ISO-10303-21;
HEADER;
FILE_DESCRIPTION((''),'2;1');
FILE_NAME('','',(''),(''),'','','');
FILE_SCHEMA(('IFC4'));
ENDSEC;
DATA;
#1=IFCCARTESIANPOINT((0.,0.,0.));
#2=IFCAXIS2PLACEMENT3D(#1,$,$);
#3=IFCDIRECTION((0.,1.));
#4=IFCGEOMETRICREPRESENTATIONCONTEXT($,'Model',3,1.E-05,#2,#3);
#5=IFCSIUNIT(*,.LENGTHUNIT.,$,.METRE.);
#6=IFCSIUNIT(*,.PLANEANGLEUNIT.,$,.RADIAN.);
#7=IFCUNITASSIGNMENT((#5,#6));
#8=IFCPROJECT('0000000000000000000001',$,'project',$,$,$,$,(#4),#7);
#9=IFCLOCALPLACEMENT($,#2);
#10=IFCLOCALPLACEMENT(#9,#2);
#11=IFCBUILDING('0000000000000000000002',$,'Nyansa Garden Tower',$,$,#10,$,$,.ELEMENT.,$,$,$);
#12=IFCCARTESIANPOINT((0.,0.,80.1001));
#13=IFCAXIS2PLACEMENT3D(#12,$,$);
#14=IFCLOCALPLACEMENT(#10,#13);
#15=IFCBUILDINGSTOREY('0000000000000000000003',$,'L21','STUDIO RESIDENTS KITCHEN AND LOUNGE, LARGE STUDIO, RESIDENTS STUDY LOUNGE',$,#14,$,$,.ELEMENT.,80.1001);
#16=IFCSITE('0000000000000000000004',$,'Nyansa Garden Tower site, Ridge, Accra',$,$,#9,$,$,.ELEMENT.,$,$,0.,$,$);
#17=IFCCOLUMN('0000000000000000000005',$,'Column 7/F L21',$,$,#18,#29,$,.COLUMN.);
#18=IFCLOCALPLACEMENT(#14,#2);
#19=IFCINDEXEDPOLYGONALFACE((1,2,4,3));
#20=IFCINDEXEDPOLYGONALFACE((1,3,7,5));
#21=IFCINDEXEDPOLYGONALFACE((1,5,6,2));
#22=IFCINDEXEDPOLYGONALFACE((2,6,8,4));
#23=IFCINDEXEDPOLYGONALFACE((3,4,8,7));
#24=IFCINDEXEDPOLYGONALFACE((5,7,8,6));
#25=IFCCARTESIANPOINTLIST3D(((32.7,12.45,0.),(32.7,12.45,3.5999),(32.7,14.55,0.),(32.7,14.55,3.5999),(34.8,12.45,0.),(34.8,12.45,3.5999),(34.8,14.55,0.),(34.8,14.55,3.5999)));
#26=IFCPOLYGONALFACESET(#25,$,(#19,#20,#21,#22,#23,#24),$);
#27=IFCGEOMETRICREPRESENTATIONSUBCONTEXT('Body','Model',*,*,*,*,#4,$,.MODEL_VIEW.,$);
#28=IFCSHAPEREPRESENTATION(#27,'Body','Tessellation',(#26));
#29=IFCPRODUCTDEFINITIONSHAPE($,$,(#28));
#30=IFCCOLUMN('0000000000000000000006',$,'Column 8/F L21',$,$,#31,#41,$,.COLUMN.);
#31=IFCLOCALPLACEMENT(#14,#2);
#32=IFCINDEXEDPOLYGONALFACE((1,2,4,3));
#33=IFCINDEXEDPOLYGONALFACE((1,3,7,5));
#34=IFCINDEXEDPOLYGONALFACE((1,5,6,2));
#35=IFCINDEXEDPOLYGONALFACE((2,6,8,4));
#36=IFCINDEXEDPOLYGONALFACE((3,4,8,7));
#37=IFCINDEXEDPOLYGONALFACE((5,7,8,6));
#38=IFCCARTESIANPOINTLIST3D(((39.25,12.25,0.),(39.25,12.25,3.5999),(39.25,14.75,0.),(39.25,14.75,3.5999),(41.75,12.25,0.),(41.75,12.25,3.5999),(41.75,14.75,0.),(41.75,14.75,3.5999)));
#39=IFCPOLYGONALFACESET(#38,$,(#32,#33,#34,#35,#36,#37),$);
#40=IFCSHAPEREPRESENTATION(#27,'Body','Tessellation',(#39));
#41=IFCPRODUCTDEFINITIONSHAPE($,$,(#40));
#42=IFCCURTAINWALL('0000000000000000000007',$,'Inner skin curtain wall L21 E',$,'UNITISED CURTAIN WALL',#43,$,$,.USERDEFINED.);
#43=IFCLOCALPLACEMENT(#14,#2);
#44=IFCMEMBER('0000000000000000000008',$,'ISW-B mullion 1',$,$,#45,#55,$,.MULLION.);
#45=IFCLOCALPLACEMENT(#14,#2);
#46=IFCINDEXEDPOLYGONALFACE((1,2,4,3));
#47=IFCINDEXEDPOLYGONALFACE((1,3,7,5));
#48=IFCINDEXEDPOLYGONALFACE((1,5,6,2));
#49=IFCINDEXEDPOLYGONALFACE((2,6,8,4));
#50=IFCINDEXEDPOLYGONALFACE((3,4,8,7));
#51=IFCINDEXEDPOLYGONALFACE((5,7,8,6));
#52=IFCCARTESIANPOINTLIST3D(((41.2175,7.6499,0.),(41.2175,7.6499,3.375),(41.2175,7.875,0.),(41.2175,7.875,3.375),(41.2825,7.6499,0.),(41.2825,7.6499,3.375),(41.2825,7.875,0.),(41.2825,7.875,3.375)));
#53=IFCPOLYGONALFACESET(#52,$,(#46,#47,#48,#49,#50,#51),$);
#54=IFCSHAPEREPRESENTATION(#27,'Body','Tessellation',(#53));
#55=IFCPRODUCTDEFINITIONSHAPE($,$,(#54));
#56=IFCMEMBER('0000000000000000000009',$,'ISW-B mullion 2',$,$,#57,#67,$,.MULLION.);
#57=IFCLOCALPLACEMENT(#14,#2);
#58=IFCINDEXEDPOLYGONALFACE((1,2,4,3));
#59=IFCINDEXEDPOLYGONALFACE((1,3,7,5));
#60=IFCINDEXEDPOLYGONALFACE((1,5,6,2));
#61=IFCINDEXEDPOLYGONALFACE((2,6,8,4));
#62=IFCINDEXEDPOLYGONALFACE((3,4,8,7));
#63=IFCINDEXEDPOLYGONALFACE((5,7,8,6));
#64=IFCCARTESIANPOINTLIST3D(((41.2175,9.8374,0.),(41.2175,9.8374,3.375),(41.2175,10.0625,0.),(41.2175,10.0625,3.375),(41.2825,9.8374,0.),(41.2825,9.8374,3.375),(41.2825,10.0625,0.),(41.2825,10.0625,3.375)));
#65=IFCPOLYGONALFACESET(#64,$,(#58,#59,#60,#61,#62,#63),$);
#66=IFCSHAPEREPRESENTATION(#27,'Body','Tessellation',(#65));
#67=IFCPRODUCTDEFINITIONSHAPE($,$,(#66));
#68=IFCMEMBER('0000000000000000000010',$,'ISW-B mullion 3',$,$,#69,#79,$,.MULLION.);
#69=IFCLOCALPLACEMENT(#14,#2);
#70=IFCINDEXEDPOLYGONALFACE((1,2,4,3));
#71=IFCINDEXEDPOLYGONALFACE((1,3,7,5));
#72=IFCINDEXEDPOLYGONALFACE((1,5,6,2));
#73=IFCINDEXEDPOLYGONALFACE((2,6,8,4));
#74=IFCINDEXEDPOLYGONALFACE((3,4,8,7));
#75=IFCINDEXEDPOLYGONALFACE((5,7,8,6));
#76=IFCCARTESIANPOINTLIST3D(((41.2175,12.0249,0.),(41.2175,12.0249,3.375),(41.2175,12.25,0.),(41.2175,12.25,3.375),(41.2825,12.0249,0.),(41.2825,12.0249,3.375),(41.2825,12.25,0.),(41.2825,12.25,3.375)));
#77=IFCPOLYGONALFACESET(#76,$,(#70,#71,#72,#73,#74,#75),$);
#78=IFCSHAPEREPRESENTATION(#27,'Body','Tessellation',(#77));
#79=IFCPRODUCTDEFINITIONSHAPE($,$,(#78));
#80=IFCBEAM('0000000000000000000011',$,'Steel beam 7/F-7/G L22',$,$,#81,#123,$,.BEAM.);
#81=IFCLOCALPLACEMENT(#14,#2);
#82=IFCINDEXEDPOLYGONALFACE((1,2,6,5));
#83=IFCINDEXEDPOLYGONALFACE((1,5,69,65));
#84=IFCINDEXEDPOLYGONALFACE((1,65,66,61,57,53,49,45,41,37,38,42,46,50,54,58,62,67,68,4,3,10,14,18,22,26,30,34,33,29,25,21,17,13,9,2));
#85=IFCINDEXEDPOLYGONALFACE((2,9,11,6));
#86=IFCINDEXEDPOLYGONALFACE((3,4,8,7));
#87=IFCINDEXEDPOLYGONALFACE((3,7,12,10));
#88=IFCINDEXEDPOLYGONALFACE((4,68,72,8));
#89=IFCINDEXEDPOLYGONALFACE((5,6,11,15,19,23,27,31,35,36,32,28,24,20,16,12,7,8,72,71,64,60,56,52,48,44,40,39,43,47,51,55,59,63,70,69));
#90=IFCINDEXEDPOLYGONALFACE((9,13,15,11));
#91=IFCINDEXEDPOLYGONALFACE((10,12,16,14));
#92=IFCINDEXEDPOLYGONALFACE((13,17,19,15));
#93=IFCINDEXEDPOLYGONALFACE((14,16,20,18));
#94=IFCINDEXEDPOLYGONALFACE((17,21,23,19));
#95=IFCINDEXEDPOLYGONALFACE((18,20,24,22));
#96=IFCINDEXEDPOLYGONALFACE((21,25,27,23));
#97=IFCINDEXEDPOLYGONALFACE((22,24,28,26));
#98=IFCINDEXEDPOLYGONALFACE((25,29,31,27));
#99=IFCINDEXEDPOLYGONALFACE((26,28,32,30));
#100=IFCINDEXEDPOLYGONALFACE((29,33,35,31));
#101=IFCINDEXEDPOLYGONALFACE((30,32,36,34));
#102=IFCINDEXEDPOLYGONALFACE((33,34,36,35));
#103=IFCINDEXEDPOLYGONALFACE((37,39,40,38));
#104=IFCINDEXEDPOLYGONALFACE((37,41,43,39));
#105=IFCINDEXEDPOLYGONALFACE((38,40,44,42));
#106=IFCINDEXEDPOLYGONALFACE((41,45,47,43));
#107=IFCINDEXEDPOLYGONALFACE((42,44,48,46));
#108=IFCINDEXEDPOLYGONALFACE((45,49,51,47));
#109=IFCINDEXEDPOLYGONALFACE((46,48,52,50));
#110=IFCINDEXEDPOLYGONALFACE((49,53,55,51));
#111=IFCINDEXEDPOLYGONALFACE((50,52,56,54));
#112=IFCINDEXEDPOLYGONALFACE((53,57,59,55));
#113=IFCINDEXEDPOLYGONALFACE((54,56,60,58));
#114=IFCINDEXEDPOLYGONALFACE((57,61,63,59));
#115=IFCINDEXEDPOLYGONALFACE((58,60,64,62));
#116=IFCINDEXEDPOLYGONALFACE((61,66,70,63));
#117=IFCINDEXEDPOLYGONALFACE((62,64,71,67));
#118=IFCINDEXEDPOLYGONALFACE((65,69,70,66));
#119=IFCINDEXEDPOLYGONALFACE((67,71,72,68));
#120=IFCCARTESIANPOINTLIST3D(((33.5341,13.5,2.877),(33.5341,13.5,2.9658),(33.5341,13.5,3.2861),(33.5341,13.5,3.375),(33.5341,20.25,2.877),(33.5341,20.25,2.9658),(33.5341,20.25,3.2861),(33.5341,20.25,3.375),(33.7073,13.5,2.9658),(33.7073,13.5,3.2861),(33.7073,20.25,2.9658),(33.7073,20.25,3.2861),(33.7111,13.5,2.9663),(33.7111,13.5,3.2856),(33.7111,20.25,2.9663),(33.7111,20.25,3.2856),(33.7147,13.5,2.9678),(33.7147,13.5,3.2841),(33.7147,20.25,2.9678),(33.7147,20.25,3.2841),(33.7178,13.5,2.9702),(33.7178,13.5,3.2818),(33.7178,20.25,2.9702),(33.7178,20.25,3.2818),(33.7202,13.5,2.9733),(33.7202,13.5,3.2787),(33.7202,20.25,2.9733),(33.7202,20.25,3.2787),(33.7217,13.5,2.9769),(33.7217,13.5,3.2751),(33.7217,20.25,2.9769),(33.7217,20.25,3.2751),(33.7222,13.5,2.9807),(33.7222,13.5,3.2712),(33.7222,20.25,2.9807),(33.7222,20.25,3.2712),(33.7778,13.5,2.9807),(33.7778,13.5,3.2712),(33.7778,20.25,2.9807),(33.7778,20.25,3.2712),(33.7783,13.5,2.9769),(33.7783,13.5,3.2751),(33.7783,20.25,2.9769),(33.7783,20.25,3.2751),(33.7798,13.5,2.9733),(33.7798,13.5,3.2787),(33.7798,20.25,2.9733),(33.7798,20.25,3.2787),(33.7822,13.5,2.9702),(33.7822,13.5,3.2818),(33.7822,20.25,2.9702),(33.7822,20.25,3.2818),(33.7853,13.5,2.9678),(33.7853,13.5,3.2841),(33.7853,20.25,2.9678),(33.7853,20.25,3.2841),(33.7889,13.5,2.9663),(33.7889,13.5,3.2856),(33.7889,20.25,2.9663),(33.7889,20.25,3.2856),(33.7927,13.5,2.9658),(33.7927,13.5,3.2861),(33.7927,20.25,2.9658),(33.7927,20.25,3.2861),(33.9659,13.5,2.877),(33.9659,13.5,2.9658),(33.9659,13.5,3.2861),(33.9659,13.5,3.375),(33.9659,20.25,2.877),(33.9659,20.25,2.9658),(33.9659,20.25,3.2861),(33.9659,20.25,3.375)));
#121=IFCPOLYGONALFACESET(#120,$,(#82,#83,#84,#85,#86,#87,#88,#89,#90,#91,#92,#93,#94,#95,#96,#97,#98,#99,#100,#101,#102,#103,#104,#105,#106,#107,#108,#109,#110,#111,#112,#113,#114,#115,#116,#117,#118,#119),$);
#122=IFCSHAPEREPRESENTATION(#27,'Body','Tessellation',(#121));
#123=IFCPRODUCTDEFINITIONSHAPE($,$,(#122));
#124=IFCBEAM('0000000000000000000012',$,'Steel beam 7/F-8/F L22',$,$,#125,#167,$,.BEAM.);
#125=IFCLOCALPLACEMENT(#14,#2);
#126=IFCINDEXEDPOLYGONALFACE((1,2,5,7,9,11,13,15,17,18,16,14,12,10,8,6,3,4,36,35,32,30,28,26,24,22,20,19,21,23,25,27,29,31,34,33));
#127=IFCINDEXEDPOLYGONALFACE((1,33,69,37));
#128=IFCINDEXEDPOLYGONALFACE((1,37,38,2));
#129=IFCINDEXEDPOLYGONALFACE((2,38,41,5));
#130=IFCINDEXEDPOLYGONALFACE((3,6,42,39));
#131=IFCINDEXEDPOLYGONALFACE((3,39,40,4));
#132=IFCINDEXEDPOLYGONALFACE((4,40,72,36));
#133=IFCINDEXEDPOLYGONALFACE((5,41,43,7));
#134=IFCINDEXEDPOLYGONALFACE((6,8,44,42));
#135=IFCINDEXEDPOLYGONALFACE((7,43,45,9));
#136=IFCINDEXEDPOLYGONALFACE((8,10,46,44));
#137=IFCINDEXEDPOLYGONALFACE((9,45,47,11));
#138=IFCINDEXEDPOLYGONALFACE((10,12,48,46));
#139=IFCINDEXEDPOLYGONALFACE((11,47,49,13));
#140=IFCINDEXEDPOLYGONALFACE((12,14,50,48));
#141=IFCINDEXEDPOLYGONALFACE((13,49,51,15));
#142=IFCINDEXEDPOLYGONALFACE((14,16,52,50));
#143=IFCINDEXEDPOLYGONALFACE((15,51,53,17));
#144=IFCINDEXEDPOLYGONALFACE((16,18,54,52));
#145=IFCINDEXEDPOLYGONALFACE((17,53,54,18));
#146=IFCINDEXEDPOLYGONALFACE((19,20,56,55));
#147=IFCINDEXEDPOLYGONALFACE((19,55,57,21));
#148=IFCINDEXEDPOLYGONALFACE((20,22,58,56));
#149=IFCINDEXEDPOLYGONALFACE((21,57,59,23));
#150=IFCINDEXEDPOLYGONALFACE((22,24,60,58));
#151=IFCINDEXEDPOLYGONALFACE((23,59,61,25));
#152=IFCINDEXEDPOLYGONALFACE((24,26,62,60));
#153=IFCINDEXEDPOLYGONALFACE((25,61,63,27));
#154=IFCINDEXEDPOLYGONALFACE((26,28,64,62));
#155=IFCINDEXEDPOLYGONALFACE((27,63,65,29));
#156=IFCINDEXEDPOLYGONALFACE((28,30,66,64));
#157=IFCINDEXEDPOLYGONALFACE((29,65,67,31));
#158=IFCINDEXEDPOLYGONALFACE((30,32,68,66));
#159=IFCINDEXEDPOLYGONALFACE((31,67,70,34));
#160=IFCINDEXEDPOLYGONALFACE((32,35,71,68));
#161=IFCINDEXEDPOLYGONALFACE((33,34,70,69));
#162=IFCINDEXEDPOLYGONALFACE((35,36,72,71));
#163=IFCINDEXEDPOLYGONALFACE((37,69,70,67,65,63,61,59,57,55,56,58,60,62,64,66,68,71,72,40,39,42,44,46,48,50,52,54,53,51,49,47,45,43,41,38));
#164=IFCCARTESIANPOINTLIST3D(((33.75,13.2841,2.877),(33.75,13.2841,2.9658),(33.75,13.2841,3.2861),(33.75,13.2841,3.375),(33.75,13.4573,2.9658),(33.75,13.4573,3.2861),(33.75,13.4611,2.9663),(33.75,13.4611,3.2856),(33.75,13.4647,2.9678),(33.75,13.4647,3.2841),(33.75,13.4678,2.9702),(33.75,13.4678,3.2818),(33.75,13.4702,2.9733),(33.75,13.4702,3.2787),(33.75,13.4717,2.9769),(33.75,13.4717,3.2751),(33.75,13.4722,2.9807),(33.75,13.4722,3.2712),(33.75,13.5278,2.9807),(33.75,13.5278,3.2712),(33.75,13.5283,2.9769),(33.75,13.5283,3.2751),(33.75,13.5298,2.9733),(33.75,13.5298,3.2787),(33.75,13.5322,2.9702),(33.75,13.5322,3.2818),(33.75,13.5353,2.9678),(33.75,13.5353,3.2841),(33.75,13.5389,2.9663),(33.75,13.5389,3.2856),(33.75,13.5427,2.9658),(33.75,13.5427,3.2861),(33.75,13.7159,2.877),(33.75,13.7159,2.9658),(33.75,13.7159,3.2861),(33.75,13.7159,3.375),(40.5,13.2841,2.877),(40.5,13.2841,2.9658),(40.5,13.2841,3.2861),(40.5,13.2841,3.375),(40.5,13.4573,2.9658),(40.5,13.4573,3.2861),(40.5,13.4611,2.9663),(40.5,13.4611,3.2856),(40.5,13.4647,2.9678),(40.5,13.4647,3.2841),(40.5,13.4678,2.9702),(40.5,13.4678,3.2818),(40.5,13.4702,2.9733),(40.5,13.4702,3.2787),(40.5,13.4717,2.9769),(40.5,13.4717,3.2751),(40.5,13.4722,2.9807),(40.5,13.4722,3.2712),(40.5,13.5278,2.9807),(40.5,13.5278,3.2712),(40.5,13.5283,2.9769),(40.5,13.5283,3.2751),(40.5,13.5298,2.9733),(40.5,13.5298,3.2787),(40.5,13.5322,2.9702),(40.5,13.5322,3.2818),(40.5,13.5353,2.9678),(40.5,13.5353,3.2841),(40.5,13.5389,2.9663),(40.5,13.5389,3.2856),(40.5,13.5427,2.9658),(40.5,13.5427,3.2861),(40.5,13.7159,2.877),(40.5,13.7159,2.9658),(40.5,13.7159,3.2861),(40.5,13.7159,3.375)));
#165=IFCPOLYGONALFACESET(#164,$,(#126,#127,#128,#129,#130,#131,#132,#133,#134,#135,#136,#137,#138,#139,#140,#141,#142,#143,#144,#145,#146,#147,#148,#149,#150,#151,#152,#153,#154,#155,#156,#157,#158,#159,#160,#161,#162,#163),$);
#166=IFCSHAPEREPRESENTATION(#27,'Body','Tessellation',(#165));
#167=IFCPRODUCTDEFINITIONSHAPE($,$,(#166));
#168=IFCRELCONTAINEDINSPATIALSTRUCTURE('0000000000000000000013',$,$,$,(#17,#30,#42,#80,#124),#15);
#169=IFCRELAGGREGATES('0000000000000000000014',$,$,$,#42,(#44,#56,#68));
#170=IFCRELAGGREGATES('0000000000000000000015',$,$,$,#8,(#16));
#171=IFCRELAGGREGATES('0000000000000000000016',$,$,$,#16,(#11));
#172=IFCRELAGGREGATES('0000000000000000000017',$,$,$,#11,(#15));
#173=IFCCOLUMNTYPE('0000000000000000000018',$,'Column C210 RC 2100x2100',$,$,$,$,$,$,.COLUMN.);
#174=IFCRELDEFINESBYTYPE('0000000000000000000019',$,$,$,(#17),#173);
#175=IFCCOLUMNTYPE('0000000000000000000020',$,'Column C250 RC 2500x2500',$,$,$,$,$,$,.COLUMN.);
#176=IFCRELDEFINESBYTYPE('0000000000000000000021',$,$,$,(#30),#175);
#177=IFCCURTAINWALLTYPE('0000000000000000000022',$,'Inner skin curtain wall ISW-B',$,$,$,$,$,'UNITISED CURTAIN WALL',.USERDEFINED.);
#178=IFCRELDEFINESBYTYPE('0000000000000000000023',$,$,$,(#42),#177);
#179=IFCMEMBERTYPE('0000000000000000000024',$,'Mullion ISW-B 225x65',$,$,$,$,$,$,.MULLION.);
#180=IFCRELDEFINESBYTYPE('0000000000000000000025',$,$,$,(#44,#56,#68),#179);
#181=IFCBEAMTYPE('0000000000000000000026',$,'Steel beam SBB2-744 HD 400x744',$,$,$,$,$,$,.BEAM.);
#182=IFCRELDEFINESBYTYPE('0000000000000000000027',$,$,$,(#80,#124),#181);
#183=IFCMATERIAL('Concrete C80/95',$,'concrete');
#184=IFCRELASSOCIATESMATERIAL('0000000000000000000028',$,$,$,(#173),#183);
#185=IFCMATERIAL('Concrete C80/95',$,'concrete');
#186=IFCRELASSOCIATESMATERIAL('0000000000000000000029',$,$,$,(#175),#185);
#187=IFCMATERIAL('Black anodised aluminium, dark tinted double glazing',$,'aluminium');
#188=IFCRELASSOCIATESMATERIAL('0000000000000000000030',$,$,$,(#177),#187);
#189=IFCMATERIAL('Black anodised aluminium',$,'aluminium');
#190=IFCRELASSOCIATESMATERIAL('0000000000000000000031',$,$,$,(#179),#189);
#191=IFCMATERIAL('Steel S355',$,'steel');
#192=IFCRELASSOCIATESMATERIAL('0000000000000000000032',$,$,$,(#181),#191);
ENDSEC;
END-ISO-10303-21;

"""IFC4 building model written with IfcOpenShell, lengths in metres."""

from ifc_helpers import new_model, si_unit, direction, frame, origin, origin_2d, place, context, subcontext, project, spatial, rectangle, i_section, extrude, material, material_profile, profile_set, type_object, element, aggregate, save


model = new_model("IFC4")

# Units and contexts
model_context = context("Model", 3, precision=1e-05, world=origin(), true_north=direction((0.0, 1.0)))
body_context = subcontext(model_context, "Body", "Model", "MODEL_VIEW")
ifc_project = project(units=[si_unit("LENGTHUNIT", "METRE"), si_unit("PLANEANGLEUNIT", "RADIAN")], contexts=[model_context])

# Site, building, storey
site_placement = place(None, origin())
site = spatial("IfcSite", under=ifc_project, at=site_placement, Name="Nyansa Garden Tower site, Ridge, Accra", CompositionType="ELEMENT", RefElevation=0.0)
building_placement = place(site_placement, origin())
building = spatial("IfcBuilding", under=site, at=building_placement, Name="Nyansa Garden Tower", CompositionType="ELEMENT")
storey_placement = place(building_placement, frame((0.0, 0.0, 80.1001)))
storey = spatial("IfcBuildingStorey", under=building, at=storey_placement, Name="L21", Description="STUDIO RESIDENTS KITCHEN AND LOUNGE, LARGE STUDIO, RESIDENTS STUDY LOUNGE", CompositionType="ELEMENT", Elevation=80.1001)

# Columns
ifc_material_1 = material(Name="Concrete C80/95", Category="concrete")
ifc_material_profile_1 = material_profile(ifc_material_1, rectangle(XDim=2.1001, YDim=2.1001, at=origin_2d()), Name="RC 2100x2100")
ifc_profile_set_1 = profile_set([ifc_material_profile_1], Name="Concrete C80/95")
column_type_1 = type_object("IfcColumnType", Name="Column C210 RC 2100x2100", PredefinedType="COLUMN", material=ifc_profile_set_1)
column_1_placement = place(storey_placement, frame((33.75, 13.5, 0.0), z_axis=(0.0, 0.0, 1.0), x_axis=(1.0, 0.0, 0.0)))
element("IfcColumn", 1, at=column_1_placement, inside=storey, type_object=column_type_1, Name="Column 7/F L21", PredefinedType="COLUMN", context=body_context, shape_type="SweptSolid", body=[
    extrude(rectangle(XDim=2.1001, YDim=2.1001, at=origin_2d()), origin(), (0.0, 0.0, 1.0), 3.5999),
])
ifc_material_2 = material(Name="Concrete C80/95", Category="concrete")
ifc_material_profile_2 = material_profile(ifc_material_2, rectangle(XDim=2.5, YDim=2.5, at=origin_2d()), Name="RC 2500x2500")
ifc_profile_set_2 = profile_set([ifc_material_profile_2], Name="Concrete C80/95")
column_type_2 = type_object("IfcColumnType", Name="Column C250 RC 2500x2500", PredefinedType="COLUMN", material=ifc_profile_set_2)
column_2_placement = place(storey_placement, frame((40.5, 13.5, 0.0), z_axis=(0.0, 0.0, 1.0), x_axis=(1.0, 0.0, 0.0)))
element("IfcColumn", 2, at=column_2_placement, inside=storey, type_object=column_type_2, Name="Column 8/F L21", PredefinedType="COLUMN", context=body_context, shape_type="SweptSolid", body=[
    extrude(rectangle(XDim=2.5, YDim=2.5, at=origin_2d()), origin(), (0.0, 0.0, 1.0), 3.5999),
])

# Curtain wall, members
ifc_material_3 = material(Name="Black anodised aluminium, dark tinted double glazing", Category="aluminium")
curtain_wall_type = type_object("IfcCurtainWallType", Name="Inner skin curtain wall ISW-B", ElementType="UNITISED CURTAIN WALL", PredefinedType="USERDEFINED", material=ifc_material_3)
curtain_wall_placement = place(storey_placement, origin())
curtain_wall = element("IfcCurtainWall", 3, at=curtain_wall_placement, inside=storey, type_object=curtain_wall_type, Name="Inner skin curtain wall L21 E", ObjectType="UNITISED CURTAIN WALL", PredefinedType="USERDEFINED")
ifc_material_4 = material(Name="Black anodised aluminium", Category="aluminium")
ifc_material_profile_3 = material_profile(ifc_material_4, rectangle(XDim=0.0649, YDim=0.2251, at=origin_2d()), Name="Mullion 225x65")
ifc_profile_set_3 = profile_set([ifc_material_profile_3], Name="Black anodised aluminium")
member_type_1 = type_object("IfcMemberType", Name="Mullion ISW-B 225x65", PredefinedType="MULLION", material=ifc_profile_set_3)
member_1_placement = place(storey_placement, frame((41.25, 7.7625, 0.0), z_axis=(0.0, 0.0, 1.0), x_axis=(-1.0, 0.0, 0.0)))
member_1 = element("IfcMember", 4, at=member_1_placement, type_object=member_type_1, Name="ISW-B mullion 1", PredefinedType="MULLION", context=body_context, shape_type="SweptSolid", body=[
    extrude(rectangle(XDim=0.0649, YDim=0.2251, at=origin_2d()), origin(), (0.0, 0.0, 1.0), 3.375),
])
member_2_placement = place(storey_placement, frame((41.25, 9.95, 0.0), z_axis=(0.0, 0.0, 1.0), x_axis=(-1.0, 0.0, 0.0)))
member_2 = element("IfcMember", 5, at=member_2_placement, type_object=member_type_1, Name="ISW-B mullion 2", PredefinedType="MULLION", context=body_context, shape_type="SweptSolid", body=[
    extrude(rectangle(XDim=0.0649, YDim=0.2251, at=origin_2d()), origin(), (0.0, 0.0, 1.0), 3.375),
])
member_3_placement = place(storey_placement, frame((41.25, 12.1375, 0.0), z_axis=(0.0, 0.0, 1.0), x_axis=(-1.0, 0.0, 0.0)))
member_3 = element("IfcMember", 6, at=member_3_placement, type_object=member_type_1, Name="ISW-B mullion 3", PredefinedType="MULLION", context=body_context, shape_type="SweptSolid", body=[
    extrude(rectangle(XDim=0.0649, YDim=0.2251, at=origin_2d()), origin(), (0.0, 0.0, 1.0), 3.375),
])

# Beams
ifc_material_5 = material(Name="Steel S355", Category="steel")
ifc_material_profile_4 = material_profile(ifc_material_5, i_section(OverallWidth=0.4319, OverallDepth=0.498, WebThickness=0.0557, FlangeThickness=0.0889, FilletRadius=0.0149, at=origin_2d()), Name="HD 400x744")
ifc_profile_set_4 = profile_set([ifc_material_profile_4], Name="Steel S355")
beam_type_1 = type_object("IfcBeamType", Name="Steel beam SBB2-744 HD 400x744", PredefinedType="BEAM", material=ifc_profile_set_4)
for number, where, z_axis, x_axis, name in (
    (7, (33.75, 13.5, 3.126), (0.0, 1.0, 0.0), (-1.0, 0.0, 0.0), "Steel beam 7/F-7/G L22"),
    (8, (33.75, 13.5, 3.126), (1.0, 0.0, 0.0), (0.0, 1.0, 0.0), "Steel beam 7/F-8/F L22"),
):
    element("IfcBeam", number, at=place(storey_placement, frame(where, z_axis=z_axis, x_axis=x_axis)), inside=storey, type_object=beam_type_1, Name=name, PredefinedType="BEAM", context=body_context, shape_type="SweptSolid", body=[
        extrude(i_section(OverallWidth=0.4319, OverallDepth=0.498, WebThickness=0.0557, FlangeThickness=0.0889, FilletRadius=0.0149, at=origin_2d()), origin(), (0.0, 0.0, 1.0), 6.75),
    ])

aggregate(curtain_wall, [member_1, member_2, member_3])

save(model, "model.ifc")
